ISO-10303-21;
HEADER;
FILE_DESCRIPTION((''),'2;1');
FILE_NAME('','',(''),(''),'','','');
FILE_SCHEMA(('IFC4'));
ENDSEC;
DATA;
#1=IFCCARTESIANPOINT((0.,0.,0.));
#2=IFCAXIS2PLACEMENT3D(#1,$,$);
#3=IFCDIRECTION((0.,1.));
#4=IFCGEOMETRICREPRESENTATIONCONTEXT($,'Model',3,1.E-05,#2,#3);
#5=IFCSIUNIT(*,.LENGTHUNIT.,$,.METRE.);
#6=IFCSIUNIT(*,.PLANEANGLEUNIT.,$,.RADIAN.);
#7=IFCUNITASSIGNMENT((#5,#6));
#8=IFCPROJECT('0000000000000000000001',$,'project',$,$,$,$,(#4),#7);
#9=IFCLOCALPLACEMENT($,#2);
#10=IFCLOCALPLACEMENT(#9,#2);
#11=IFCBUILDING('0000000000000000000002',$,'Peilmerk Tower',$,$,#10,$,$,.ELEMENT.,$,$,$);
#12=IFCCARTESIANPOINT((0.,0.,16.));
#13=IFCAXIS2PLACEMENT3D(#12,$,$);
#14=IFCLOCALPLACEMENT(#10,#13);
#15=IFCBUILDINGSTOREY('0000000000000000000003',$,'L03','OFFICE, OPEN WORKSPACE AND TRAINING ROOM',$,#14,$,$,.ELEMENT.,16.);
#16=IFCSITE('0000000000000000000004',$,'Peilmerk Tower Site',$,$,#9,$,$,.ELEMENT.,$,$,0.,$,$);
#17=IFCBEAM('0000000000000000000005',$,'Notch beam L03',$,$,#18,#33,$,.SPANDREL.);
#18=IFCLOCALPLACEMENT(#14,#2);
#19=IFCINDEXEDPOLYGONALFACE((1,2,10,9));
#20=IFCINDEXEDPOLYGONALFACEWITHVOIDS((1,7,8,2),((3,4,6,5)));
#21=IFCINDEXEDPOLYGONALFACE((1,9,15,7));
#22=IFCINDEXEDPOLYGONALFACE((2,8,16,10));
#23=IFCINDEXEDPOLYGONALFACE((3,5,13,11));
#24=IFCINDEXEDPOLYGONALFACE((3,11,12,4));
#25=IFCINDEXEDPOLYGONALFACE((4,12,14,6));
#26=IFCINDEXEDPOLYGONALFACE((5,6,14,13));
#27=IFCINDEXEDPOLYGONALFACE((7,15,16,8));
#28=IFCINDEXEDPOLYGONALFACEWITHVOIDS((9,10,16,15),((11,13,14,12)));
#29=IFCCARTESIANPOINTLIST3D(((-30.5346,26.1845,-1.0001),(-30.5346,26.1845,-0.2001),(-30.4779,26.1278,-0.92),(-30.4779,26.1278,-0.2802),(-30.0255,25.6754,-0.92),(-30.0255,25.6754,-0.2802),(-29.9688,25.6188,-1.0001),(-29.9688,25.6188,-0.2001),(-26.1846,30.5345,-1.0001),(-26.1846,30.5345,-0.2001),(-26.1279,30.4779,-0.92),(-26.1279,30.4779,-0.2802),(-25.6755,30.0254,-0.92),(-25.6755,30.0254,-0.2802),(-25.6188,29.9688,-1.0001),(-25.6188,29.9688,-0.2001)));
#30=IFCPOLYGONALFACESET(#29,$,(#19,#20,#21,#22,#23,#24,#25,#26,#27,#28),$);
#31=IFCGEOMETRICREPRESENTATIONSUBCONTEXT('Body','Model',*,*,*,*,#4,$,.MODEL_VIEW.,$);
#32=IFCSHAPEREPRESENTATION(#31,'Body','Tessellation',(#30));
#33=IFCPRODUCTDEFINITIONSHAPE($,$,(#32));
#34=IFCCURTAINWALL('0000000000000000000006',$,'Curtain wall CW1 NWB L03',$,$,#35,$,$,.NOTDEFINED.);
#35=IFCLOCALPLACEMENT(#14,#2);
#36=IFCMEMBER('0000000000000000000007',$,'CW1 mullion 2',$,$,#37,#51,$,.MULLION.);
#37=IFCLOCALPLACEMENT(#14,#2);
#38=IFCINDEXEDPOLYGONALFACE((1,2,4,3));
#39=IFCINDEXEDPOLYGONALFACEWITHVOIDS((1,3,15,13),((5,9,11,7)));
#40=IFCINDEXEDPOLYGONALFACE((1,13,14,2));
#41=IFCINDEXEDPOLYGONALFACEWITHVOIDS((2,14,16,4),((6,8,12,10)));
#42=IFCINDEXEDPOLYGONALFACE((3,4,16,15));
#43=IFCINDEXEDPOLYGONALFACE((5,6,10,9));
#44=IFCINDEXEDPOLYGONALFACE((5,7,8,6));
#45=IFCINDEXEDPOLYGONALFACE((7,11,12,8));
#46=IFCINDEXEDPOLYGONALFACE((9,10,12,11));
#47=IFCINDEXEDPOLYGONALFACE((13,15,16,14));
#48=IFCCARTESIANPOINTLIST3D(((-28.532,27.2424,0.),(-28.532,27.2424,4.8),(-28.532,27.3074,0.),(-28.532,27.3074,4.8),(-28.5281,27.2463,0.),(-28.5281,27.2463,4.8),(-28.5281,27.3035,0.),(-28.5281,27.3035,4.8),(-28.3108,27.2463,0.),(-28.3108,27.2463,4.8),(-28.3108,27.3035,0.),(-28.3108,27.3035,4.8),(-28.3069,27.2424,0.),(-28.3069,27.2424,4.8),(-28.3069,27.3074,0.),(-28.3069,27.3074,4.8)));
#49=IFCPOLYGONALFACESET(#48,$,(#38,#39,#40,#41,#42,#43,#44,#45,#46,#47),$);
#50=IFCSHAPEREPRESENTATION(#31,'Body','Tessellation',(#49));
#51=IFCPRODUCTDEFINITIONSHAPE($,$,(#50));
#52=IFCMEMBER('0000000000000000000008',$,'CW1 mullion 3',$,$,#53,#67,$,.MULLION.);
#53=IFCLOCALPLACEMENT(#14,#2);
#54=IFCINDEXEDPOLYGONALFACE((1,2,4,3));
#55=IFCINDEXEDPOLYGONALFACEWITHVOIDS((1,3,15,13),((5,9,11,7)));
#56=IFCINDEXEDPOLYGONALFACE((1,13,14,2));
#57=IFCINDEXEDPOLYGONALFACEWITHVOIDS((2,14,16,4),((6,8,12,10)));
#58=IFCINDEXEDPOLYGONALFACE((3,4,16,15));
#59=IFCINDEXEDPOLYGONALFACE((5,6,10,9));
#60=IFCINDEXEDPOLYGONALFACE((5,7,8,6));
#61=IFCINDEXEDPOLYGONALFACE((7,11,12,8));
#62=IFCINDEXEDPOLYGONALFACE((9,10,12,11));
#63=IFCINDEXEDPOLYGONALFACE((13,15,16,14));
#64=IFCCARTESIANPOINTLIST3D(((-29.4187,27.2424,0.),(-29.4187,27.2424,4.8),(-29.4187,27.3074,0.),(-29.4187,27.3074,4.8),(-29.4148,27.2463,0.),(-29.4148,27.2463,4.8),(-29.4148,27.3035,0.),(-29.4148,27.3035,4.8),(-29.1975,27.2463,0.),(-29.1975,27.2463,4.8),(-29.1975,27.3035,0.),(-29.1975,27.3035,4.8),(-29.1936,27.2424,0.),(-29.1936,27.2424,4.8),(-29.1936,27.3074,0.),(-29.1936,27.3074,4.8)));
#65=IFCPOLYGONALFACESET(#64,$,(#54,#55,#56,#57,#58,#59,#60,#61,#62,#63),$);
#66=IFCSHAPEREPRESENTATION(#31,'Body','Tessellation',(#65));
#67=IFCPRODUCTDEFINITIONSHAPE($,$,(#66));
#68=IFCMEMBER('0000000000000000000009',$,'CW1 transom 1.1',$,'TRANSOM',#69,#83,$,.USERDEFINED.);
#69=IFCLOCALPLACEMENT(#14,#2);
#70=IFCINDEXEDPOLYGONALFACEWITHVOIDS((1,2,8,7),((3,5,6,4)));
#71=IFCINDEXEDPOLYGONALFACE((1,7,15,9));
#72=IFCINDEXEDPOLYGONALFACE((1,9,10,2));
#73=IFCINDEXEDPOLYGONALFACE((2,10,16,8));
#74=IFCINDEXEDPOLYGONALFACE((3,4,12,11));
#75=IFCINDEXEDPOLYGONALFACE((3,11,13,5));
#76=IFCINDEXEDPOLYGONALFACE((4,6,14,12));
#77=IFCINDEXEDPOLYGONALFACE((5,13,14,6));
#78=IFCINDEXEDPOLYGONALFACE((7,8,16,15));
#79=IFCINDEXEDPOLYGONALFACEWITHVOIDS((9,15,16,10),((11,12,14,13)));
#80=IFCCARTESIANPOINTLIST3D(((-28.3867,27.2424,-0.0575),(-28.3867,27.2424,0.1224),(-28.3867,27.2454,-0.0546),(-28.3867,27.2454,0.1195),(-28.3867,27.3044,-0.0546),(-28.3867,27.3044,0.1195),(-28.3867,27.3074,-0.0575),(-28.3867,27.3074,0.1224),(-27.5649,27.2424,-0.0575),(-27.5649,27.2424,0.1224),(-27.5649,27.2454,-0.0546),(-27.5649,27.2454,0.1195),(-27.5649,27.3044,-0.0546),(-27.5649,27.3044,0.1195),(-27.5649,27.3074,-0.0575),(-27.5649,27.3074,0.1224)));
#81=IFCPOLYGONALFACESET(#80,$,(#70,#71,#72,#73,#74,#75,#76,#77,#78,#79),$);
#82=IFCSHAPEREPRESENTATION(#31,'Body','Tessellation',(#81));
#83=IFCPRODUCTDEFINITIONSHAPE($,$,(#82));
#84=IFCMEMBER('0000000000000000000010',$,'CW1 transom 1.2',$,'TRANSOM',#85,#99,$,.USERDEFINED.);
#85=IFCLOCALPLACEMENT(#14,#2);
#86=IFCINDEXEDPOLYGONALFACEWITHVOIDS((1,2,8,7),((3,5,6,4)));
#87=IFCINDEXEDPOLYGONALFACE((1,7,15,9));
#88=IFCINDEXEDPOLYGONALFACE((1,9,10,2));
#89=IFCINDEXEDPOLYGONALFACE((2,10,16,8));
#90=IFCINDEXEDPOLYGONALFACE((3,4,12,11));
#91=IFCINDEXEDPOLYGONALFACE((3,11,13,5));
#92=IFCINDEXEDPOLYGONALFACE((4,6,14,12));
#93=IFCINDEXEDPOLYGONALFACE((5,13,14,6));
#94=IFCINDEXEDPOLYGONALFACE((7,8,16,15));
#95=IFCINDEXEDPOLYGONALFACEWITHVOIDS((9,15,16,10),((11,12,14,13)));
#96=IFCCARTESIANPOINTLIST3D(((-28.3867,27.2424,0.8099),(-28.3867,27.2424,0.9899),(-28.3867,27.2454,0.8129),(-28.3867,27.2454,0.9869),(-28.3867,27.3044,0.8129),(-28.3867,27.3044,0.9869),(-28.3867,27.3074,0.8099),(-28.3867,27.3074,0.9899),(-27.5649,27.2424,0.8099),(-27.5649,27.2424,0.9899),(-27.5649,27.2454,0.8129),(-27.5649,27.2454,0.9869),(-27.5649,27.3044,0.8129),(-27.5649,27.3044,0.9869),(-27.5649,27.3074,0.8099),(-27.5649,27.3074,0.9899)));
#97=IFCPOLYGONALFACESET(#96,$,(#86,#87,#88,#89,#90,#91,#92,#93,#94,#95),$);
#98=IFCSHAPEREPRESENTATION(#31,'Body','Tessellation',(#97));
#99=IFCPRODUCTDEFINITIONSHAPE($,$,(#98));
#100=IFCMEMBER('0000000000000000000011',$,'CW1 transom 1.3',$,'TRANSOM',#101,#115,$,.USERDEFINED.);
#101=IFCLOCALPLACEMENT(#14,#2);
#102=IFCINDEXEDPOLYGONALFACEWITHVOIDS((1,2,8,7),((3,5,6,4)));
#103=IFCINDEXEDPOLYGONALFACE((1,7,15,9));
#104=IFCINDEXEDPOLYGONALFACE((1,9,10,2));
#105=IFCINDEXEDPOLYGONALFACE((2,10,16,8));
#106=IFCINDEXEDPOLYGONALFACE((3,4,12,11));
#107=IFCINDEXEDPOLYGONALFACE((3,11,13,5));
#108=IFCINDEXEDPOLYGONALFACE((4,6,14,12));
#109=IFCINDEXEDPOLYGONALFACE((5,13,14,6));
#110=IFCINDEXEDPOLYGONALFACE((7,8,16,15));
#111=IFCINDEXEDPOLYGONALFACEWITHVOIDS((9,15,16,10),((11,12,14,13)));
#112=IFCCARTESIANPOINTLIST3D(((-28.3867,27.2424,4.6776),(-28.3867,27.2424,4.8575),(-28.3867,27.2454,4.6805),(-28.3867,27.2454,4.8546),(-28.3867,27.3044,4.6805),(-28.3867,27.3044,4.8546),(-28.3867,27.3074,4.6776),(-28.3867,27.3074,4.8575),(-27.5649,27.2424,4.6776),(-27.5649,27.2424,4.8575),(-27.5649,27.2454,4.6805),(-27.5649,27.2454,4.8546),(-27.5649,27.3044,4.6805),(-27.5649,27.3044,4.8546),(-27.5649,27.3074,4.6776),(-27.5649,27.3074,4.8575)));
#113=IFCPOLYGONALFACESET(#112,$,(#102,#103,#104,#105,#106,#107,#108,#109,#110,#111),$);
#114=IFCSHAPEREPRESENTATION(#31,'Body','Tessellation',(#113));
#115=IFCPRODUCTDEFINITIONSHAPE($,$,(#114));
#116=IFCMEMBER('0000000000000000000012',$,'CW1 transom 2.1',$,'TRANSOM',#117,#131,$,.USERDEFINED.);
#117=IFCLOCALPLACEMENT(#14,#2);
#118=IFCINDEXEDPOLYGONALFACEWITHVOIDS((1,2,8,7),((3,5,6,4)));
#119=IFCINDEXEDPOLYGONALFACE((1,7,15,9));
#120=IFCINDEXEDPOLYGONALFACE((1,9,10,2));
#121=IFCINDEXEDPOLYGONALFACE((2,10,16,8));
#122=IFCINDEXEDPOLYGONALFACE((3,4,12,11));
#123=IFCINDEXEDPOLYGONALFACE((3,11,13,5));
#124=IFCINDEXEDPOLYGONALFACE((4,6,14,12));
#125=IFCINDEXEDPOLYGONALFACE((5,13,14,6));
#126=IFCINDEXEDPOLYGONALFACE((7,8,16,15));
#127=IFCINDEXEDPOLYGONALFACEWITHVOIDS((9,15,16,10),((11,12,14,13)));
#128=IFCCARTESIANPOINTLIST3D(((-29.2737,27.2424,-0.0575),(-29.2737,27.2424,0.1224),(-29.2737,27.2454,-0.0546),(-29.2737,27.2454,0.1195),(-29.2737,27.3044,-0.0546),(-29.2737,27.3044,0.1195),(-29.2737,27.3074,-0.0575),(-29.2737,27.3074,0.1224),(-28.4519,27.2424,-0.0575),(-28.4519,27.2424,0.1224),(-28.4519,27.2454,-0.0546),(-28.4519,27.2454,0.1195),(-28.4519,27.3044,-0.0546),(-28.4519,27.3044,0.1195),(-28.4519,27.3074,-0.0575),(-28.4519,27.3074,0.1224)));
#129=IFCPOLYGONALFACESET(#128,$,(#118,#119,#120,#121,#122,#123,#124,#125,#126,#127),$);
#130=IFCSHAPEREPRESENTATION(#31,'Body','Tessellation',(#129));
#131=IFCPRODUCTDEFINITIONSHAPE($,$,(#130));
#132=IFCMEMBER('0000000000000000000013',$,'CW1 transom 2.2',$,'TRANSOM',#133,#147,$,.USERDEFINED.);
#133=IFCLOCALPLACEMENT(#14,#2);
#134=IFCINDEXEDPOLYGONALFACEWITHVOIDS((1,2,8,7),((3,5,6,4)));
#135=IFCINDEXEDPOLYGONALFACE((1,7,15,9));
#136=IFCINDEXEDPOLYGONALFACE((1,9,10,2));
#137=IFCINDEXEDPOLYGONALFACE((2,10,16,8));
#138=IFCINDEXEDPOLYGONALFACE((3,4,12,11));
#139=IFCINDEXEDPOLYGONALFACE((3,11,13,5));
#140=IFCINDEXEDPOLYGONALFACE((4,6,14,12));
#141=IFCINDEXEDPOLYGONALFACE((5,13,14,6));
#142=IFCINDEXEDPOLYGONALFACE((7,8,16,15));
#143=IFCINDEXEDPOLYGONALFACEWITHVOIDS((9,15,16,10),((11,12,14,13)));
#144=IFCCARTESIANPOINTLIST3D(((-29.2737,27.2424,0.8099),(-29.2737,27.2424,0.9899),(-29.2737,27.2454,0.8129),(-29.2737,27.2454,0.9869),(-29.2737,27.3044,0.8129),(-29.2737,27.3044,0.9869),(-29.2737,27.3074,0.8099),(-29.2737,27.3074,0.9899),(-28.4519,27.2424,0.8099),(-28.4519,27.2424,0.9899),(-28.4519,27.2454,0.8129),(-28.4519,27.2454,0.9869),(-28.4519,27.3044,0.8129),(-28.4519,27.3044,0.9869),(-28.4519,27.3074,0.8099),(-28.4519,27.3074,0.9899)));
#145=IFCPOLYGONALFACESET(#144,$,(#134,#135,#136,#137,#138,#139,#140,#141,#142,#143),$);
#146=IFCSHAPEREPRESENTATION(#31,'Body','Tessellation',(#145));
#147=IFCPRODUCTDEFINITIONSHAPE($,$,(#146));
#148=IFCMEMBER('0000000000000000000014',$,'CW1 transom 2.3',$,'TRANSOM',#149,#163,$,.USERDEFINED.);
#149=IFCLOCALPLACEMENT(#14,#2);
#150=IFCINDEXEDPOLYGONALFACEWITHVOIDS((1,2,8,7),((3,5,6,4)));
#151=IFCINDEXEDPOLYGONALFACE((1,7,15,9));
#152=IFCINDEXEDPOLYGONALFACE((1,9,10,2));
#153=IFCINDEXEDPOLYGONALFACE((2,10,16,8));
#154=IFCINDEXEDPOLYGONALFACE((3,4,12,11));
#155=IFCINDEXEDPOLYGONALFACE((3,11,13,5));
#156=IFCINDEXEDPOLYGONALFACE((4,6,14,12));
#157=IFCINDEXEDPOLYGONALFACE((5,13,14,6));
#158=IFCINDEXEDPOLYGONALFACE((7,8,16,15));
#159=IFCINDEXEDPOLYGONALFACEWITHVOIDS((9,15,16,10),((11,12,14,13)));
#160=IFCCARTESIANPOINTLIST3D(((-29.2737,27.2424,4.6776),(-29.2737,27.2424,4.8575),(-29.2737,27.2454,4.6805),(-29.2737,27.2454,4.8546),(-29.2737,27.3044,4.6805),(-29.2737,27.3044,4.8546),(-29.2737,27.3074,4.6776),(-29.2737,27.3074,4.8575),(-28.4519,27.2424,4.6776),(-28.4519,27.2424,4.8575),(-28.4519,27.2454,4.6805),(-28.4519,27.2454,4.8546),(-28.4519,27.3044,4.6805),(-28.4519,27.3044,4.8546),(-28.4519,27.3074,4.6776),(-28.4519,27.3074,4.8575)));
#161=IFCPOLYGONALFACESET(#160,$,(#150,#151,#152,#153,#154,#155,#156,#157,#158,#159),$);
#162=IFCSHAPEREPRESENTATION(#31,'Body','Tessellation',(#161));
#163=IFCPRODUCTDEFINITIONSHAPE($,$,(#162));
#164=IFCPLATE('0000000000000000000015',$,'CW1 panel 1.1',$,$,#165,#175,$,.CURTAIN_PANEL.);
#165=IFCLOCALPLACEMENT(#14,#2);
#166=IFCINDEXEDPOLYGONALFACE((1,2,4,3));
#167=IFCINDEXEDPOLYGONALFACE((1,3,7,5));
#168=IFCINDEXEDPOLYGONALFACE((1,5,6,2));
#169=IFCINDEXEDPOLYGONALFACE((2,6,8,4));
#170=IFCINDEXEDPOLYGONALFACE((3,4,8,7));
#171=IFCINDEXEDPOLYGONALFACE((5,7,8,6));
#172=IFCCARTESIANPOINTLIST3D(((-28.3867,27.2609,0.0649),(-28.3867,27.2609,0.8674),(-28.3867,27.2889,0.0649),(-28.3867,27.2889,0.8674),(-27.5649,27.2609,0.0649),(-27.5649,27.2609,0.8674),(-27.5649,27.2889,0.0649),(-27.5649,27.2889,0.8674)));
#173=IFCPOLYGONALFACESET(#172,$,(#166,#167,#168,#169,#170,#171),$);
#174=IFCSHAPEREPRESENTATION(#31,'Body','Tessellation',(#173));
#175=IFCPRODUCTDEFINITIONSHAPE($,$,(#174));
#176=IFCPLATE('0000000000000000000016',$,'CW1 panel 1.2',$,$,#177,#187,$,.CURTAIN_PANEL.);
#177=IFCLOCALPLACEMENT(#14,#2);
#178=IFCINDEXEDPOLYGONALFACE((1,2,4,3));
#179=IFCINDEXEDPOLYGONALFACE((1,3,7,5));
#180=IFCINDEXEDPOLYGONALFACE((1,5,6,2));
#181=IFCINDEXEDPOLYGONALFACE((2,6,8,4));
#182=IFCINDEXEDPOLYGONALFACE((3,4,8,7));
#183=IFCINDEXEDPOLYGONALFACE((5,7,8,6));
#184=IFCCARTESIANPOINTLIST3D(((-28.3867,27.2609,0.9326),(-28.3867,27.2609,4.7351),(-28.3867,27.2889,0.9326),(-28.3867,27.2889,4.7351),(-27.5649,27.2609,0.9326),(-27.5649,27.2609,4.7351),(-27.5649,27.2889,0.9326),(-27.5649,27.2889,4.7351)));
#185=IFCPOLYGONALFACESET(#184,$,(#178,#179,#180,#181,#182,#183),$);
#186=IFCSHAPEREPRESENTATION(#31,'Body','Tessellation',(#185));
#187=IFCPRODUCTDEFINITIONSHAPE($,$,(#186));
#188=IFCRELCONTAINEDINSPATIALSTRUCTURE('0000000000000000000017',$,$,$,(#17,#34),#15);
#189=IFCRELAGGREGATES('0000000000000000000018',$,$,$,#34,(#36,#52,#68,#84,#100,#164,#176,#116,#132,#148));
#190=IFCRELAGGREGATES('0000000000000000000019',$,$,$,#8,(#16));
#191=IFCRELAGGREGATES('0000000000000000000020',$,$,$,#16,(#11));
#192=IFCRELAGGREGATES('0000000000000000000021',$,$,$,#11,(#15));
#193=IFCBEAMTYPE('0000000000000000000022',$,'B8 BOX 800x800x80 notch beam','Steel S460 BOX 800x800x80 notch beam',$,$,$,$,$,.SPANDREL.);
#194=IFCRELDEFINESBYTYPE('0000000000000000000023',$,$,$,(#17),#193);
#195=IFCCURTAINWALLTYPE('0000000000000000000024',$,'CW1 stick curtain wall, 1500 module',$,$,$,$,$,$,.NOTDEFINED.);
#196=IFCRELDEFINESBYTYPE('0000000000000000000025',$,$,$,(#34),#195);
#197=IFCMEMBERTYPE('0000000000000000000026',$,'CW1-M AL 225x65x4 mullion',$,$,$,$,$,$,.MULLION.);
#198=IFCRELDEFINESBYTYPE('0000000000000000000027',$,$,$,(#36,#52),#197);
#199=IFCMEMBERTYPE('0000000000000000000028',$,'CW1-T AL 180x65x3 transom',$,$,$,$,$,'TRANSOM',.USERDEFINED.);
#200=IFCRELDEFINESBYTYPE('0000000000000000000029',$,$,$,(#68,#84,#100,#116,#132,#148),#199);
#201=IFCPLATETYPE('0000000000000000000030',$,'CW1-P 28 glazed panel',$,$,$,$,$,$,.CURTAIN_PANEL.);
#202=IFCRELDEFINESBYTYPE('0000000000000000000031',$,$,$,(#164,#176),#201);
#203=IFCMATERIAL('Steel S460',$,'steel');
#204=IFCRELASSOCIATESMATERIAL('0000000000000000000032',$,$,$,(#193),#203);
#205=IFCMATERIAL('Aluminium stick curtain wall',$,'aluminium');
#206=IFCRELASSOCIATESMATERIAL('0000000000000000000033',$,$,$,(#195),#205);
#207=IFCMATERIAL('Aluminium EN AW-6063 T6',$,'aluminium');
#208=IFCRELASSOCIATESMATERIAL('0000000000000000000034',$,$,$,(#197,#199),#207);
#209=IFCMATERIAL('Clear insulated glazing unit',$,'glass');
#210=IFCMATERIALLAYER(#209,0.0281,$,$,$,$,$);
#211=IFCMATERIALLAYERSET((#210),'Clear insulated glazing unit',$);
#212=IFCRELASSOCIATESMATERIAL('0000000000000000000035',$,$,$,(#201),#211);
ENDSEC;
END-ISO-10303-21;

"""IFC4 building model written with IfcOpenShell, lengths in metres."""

from ifc_helpers import new_model, si_unit, direction, frame, origin, origin_2d, place, context, subcontext, project, spatial, rectangle, hollow_rectangle, extrude, material, layer, layer_set, material_profile, profile_set, type_object, element, aggregate, save


model = new_model("IFC4")

# Units and contexts
model_context = context("Model", 3, precision=1e-05, world=origin(), true_north=direction((0.0, 1.0)))
body_context = subcontext(model_context, "Body", "Model", "MODEL_VIEW")
ifc_project = project(units=[si_unit("LENGTHUNIT", "METRE"), si_unit("PLANEANGLEUNIT", "RADIAN")], contexts=[model_context])

# Site, building, storey
site_placement = place(None, origin())
site = spatial("IfcSite", under=ifc_project, at=site_placement, Name="Peilmerk Tower Site", CompositionType="ELEMENT", RefElevation=0.0)
building_placement = place(site_placement, origin())
building = spatial("IfcBuilding", under=site, at=building_placement, Name="Peilmerk Tower", CompositionType="ELEMENT")
storey_placement = place(building_placement, frame((0.0, 0.0, 16.0)))
storey = spatial("IfcBuildingStorey", under=building, at=storey_placement, Name="L03", Description="OFFICE, OPEN WORKSPACE AND TRAINING ROOM", CompositionType="ELEMENT", Elevation=16.0)

# Beam
ifc_material_1 = material(Name="Steel S460", Category="steel")
ifc_material_profile_1 = material_profile(ifc_material_1, hollow_rectangle(XDim=0.8, YDim=0.8, WallThickness=0.0801, at=origin_2d()), Name="BOX 800x800x80")
ifc_profile_set_1 = profile_set([ifc_material_profile_1], Name="Steel S460")
beam_type = type_object("IfcBeamType", Name="B8 BOX 800x800x80 notch beam", Description="Steel S460 BOX 800x800x80 notch beam", PredefinedType="SPANDREL", material=ifc_profile_set_1)
beam_placement = place(storey_placement, frame((-30.2517, 25.9016, -0.6001), z_axis=(0.707107, 0.707107, 0.0), x_axis=(-0.707107, 0.707107, 0.0)))
element("IfcBeam", 1, at=beam_placement, inside=storey, type_object=beam_type, Name="Notch beam L03", PredefinedType="SPANDREL", context=body_context, shape_type="SweptSolid", body=[
    extrude(hollow_rectangle(XDim=0.8, YDim=0.8, WallThickness=0.0801, at=origin_2d()), origin(), (0.0, 0.0, 1.0), 6.1519),
])

# Curtain wall, members, plates
ifc_material_2 = material(Name="Aluminium stick curtain wall", Category="aluminium")
curtain_wall_type = type_object("IfcCurtainWallType", Name="CW1 stick curtain wall, 1500 module", PredefinedType="NOTDEFINED", material=ifc_material_2)
curtain_wall_placement = place(storey_placement, origin())
curtain_wall = element("IfcCurtainWall", 2, at=curtain_wall_placement, inside=storey, type_object=curtain_wall_type, Name="Curtain wall CW1 NWB L03", PredefinedType="NOTDEFINED")
ifc_material_3 = material(Name="Aluminium EN AW-6063 T6", Category="aluminium")
ifc_material_profile_2 = material_profile(ifc_material_3, hollow_rectangle(XDim=0.0649, YDim=0.2251, WallThickness=0.0039, at=origin_2d()), Name="AL 225x65x4")
ifc_profile_set_2 = profile_set([ifc_material_profile_2], Name="Aluminium EN AW-6063 T6")
member_type_1 = type_object("IfcMemberType", Name="CW1-M AL 225x65x4 mullion", PredefinedType="MULLION", material=ifc_profile_set_2)
member_1_placement = place(storey_placement, frame((-28.4194, 27.2749, 0.0), z_axis=(0.0, 0.0, 1.0), x_axis=(0.0, -1.0, 0.0)))
member_1 = element("IfcMember", 3, at=member_1_placement, type_object=member_type_1, Name="CW1 mullion 2", PredefinedType="MULLION", context=body_context, shape_type="SweptSolid", body=[
    extrude(hollow_rectangle(XDim=0.0649, YDim=0.2251, WallThickness=0.0039, at=origin_2d()), origin(), (0.0, 0.0, 1.0), 4.8),
])
member_2_placement = place(storey_placement, frame((-29.3062, 27.2749, 0.0), z_axis=(0.0, 0.0, 1.0), x_axis=(0.0, -1.0, 0.0)))
member_2 = element("IfcMember", 4, at=member_2_placement, type_object=member_type_1, Name="CW1 mullion 3", PredefinedType="MULLION", context=body_context, shape_type="SweptSolid", body=[
    extrude(hollow_rectangle(XDim=0.0649, YDim=0.2251, WallThickness=0.0039, at=origin_2d()), origin(), (0.0, 0.0, 1.0), 4.8),
])
ifc_material_profile_3 = material_profile(ifc_material_3, hollow_rectangle(XDim=0.0649, YDim=0.1799, WallThickness=0.0029, at=origin_2d()), Name="AL 180x65x3")
ifc_profile_set_3 = profile_set([ifc_material_profile_3], Name="Aluminium EN AW-6063 T6")
member_type_2 = type_object("IfcMemberType", Name="CW1-T AL 180x65x3 transom", ElementType="TRANSOM", PredefinedType="USERDEFINED", material=ifc_profile_set_3)
member_3_placement = place(storey_placement, frame((-27.5649, 27.2749, 0.0325), z_axis=(-1.0, 0.0, 0.0), x_axis=(0.0, -1.0, 0.0)))
member_3 = element("IfcMember", 5, at=member_3_placement, type_object=member_type_2, Name="CW1 transom 1.1", ObjectType="TRANSOM", PredefinedType="USERDEFINED", context=body_context, shape_type="SweptSolid", body=[
    extrude(hollow_rectangle(XDim=0.0649, YDim=0.1799, WallThickness=0.0029, at=origin_2d()), origin(), (0.0, 0.0, 1.0), 0.8218),
])
member_4_placement = place(storey_placement, frame((-27.5649, 27.2749, 0.8999), z_axis=(-1.0, 0.0, 0.0), x_axis=(0.0, -1.0, 0.0)))
member_4 = element("IfcMember", 6, at=member_4_placement, type_object=member_type_2, Name="CW1 transom 1.2", ObjectType="TRANSOM", PredefinedType="USERDEFINED", context=body_context, shape_type="SweptSolid", body=[
    extrude(hollow_rectangle(XDim=0.0649, YDim=0.1799, WallThickness=0.0029, at=origin_2d()), origin(), (0.0, 0.0, 1.0), 0.8218),
])
member_5_placement = place(storey_placement, frame((-27.5649, 27.2749, 4.7676), z_axis=(-1.0, 0.0, 0.0), x_axis=(0.0, -1.0, 0.0)))
member_5 = element("IfcMember", 7, at=member_5_placement, type_object=member_type_2, Name="CW1 transom 1.3", ObjectType="TRANSOM", PredefinedType="USERDEFINED", context=body_context, shape_type="SweptSolid", body=[
    extrude(hollow_rectangle(XDim=0.0649, YDim=0.1799, WallThickness=0.0029, at=origin_2d()), origin(), (0.0, 0.0, 1.0), 0.8218),
])
member_6_placement = place(storey_placement, frame((-28.4519, 27.2749, 0.0325), z_axis=(-1.0, 0.0, 0.0), x_axis=(0.0, -1.0, 0.0)))
member_6 = element("IfcMember", 8, at=member_6_placement, type_object=member_type_2, Name="CW1 transom 2.1", ObjectType="TRANSOM", PredefinedType="USERDEFINED", context=body_context, shape_type="SweptSolid", body=[
    extrude(hollow_rectangle(XDim=0.0649, YDim=0.1799, WallThickness=0.0029, at=origin_2d()), origin(), (0.0, 0.0, 1.0), 0.8218),
])
member_7_placement = place(storey_placement, frame((-28.4519, 27.2749, 0.8999), z_axis=(-1.0, 0.0, 0.0), x_axis=(0.0, -1.0, 0.0)))
member_7 = element("IfcMember", 9, at=member_7_placement, type_object=member_type_2, Name="CW1 transom 2.2", ObjectType="TRANSOM", PredefinedType="USERDEFINED", context=body_context, shape_type="SweptSolid", body=[
    extrude(hollow_rectangle(XDim=0.0649, YDim=0.1799, WallThickness=0.0029, at=origin_2d()), origin(), (0.0, 0.0, 1.0), 0.8218),
])
member_8_placement = place(storey_placement, frame((-28.4519, 27.2749, 4.7676), z_axis=(-1.0, 0.0, 0.0), x_axis=(0.0, -1.0, 0.0)))
member_8 = element("IfcMember", 10, at=member_8_placement, type_object=member_type_2, Name="CW1 transom 2.3", ObjectType="TRANSOM", PredefinedType="USERDEFINED", context=body_context, shape_type="SweptSolid", body=[
    extrude(hollow_rectangle(XDim=0.0649, YDim=0.1799, WallThickness=0.0029, at=origin_2d()), origin(), (0.0, 0.0, 1.0), 0.8218),
])
ifc_material_4 = material(Name="Clear insulated glazing unit", Category="glass")
ifc_layer_1 = layer(ifc_material_4, 0.0281)
ifc_layer_set_1 = layer_set([ifc_layer_1], Name="Clear insulated glazing unit")
plate_type = type_object("IfcPlateType", Name="CW1-P 28 glazed panel", PredefinedType="CURTAIN_PANEL", material=ifc_layer_set_1)
plate_1_placement = place(storey_placement, frame((-27.9758, 27.2749, 0.0649), z_axis=(0.0, 0.0, 1.0), x_axis=(-1.0, 0.0, 0.0)))
plate_1 = element("IfcPlate", 11, at=plate_1_placement, type_object=plate_type, Name="CW1 panel 1.1", PredefinedType="CURTAIN_PANEL", context=body_context, shape_type="SweptSolid", body=[
    extrude(rectangle(XDim=0.8218, YDim=0.0281, at=origin_2d()), origin(), (0.0, 0.0, 1.0), 0.8025),
])
plate_2_placement = place(storey_placement, frame((-27.9758, 27.2749, 0.9326), z_axis=(0.0, 0.0, 1.0), x_axis=(-1.0, 0.0, 0.0)))
plate_2 = element("IfcPlate", 12, at=plate_2_placement, type_object=plate_type, Name="CW1 panel 1.2", PredefinedType="CURTAIN_PANEL", context=body_context, shape_type="SweptSolid", body=[
    extrude(rectangle(XDim=0.8218, YDim=0.0281, at=origin_2d()), origin(), (0.0, 0.0, 1.0), 3.8025),
])
aggregate(curtain_wall, [member_1, member_2, member_3, member_4, member_5, plate_1, plate_2, member_6, member_7, member_8])

save(model, "model.ifc")
